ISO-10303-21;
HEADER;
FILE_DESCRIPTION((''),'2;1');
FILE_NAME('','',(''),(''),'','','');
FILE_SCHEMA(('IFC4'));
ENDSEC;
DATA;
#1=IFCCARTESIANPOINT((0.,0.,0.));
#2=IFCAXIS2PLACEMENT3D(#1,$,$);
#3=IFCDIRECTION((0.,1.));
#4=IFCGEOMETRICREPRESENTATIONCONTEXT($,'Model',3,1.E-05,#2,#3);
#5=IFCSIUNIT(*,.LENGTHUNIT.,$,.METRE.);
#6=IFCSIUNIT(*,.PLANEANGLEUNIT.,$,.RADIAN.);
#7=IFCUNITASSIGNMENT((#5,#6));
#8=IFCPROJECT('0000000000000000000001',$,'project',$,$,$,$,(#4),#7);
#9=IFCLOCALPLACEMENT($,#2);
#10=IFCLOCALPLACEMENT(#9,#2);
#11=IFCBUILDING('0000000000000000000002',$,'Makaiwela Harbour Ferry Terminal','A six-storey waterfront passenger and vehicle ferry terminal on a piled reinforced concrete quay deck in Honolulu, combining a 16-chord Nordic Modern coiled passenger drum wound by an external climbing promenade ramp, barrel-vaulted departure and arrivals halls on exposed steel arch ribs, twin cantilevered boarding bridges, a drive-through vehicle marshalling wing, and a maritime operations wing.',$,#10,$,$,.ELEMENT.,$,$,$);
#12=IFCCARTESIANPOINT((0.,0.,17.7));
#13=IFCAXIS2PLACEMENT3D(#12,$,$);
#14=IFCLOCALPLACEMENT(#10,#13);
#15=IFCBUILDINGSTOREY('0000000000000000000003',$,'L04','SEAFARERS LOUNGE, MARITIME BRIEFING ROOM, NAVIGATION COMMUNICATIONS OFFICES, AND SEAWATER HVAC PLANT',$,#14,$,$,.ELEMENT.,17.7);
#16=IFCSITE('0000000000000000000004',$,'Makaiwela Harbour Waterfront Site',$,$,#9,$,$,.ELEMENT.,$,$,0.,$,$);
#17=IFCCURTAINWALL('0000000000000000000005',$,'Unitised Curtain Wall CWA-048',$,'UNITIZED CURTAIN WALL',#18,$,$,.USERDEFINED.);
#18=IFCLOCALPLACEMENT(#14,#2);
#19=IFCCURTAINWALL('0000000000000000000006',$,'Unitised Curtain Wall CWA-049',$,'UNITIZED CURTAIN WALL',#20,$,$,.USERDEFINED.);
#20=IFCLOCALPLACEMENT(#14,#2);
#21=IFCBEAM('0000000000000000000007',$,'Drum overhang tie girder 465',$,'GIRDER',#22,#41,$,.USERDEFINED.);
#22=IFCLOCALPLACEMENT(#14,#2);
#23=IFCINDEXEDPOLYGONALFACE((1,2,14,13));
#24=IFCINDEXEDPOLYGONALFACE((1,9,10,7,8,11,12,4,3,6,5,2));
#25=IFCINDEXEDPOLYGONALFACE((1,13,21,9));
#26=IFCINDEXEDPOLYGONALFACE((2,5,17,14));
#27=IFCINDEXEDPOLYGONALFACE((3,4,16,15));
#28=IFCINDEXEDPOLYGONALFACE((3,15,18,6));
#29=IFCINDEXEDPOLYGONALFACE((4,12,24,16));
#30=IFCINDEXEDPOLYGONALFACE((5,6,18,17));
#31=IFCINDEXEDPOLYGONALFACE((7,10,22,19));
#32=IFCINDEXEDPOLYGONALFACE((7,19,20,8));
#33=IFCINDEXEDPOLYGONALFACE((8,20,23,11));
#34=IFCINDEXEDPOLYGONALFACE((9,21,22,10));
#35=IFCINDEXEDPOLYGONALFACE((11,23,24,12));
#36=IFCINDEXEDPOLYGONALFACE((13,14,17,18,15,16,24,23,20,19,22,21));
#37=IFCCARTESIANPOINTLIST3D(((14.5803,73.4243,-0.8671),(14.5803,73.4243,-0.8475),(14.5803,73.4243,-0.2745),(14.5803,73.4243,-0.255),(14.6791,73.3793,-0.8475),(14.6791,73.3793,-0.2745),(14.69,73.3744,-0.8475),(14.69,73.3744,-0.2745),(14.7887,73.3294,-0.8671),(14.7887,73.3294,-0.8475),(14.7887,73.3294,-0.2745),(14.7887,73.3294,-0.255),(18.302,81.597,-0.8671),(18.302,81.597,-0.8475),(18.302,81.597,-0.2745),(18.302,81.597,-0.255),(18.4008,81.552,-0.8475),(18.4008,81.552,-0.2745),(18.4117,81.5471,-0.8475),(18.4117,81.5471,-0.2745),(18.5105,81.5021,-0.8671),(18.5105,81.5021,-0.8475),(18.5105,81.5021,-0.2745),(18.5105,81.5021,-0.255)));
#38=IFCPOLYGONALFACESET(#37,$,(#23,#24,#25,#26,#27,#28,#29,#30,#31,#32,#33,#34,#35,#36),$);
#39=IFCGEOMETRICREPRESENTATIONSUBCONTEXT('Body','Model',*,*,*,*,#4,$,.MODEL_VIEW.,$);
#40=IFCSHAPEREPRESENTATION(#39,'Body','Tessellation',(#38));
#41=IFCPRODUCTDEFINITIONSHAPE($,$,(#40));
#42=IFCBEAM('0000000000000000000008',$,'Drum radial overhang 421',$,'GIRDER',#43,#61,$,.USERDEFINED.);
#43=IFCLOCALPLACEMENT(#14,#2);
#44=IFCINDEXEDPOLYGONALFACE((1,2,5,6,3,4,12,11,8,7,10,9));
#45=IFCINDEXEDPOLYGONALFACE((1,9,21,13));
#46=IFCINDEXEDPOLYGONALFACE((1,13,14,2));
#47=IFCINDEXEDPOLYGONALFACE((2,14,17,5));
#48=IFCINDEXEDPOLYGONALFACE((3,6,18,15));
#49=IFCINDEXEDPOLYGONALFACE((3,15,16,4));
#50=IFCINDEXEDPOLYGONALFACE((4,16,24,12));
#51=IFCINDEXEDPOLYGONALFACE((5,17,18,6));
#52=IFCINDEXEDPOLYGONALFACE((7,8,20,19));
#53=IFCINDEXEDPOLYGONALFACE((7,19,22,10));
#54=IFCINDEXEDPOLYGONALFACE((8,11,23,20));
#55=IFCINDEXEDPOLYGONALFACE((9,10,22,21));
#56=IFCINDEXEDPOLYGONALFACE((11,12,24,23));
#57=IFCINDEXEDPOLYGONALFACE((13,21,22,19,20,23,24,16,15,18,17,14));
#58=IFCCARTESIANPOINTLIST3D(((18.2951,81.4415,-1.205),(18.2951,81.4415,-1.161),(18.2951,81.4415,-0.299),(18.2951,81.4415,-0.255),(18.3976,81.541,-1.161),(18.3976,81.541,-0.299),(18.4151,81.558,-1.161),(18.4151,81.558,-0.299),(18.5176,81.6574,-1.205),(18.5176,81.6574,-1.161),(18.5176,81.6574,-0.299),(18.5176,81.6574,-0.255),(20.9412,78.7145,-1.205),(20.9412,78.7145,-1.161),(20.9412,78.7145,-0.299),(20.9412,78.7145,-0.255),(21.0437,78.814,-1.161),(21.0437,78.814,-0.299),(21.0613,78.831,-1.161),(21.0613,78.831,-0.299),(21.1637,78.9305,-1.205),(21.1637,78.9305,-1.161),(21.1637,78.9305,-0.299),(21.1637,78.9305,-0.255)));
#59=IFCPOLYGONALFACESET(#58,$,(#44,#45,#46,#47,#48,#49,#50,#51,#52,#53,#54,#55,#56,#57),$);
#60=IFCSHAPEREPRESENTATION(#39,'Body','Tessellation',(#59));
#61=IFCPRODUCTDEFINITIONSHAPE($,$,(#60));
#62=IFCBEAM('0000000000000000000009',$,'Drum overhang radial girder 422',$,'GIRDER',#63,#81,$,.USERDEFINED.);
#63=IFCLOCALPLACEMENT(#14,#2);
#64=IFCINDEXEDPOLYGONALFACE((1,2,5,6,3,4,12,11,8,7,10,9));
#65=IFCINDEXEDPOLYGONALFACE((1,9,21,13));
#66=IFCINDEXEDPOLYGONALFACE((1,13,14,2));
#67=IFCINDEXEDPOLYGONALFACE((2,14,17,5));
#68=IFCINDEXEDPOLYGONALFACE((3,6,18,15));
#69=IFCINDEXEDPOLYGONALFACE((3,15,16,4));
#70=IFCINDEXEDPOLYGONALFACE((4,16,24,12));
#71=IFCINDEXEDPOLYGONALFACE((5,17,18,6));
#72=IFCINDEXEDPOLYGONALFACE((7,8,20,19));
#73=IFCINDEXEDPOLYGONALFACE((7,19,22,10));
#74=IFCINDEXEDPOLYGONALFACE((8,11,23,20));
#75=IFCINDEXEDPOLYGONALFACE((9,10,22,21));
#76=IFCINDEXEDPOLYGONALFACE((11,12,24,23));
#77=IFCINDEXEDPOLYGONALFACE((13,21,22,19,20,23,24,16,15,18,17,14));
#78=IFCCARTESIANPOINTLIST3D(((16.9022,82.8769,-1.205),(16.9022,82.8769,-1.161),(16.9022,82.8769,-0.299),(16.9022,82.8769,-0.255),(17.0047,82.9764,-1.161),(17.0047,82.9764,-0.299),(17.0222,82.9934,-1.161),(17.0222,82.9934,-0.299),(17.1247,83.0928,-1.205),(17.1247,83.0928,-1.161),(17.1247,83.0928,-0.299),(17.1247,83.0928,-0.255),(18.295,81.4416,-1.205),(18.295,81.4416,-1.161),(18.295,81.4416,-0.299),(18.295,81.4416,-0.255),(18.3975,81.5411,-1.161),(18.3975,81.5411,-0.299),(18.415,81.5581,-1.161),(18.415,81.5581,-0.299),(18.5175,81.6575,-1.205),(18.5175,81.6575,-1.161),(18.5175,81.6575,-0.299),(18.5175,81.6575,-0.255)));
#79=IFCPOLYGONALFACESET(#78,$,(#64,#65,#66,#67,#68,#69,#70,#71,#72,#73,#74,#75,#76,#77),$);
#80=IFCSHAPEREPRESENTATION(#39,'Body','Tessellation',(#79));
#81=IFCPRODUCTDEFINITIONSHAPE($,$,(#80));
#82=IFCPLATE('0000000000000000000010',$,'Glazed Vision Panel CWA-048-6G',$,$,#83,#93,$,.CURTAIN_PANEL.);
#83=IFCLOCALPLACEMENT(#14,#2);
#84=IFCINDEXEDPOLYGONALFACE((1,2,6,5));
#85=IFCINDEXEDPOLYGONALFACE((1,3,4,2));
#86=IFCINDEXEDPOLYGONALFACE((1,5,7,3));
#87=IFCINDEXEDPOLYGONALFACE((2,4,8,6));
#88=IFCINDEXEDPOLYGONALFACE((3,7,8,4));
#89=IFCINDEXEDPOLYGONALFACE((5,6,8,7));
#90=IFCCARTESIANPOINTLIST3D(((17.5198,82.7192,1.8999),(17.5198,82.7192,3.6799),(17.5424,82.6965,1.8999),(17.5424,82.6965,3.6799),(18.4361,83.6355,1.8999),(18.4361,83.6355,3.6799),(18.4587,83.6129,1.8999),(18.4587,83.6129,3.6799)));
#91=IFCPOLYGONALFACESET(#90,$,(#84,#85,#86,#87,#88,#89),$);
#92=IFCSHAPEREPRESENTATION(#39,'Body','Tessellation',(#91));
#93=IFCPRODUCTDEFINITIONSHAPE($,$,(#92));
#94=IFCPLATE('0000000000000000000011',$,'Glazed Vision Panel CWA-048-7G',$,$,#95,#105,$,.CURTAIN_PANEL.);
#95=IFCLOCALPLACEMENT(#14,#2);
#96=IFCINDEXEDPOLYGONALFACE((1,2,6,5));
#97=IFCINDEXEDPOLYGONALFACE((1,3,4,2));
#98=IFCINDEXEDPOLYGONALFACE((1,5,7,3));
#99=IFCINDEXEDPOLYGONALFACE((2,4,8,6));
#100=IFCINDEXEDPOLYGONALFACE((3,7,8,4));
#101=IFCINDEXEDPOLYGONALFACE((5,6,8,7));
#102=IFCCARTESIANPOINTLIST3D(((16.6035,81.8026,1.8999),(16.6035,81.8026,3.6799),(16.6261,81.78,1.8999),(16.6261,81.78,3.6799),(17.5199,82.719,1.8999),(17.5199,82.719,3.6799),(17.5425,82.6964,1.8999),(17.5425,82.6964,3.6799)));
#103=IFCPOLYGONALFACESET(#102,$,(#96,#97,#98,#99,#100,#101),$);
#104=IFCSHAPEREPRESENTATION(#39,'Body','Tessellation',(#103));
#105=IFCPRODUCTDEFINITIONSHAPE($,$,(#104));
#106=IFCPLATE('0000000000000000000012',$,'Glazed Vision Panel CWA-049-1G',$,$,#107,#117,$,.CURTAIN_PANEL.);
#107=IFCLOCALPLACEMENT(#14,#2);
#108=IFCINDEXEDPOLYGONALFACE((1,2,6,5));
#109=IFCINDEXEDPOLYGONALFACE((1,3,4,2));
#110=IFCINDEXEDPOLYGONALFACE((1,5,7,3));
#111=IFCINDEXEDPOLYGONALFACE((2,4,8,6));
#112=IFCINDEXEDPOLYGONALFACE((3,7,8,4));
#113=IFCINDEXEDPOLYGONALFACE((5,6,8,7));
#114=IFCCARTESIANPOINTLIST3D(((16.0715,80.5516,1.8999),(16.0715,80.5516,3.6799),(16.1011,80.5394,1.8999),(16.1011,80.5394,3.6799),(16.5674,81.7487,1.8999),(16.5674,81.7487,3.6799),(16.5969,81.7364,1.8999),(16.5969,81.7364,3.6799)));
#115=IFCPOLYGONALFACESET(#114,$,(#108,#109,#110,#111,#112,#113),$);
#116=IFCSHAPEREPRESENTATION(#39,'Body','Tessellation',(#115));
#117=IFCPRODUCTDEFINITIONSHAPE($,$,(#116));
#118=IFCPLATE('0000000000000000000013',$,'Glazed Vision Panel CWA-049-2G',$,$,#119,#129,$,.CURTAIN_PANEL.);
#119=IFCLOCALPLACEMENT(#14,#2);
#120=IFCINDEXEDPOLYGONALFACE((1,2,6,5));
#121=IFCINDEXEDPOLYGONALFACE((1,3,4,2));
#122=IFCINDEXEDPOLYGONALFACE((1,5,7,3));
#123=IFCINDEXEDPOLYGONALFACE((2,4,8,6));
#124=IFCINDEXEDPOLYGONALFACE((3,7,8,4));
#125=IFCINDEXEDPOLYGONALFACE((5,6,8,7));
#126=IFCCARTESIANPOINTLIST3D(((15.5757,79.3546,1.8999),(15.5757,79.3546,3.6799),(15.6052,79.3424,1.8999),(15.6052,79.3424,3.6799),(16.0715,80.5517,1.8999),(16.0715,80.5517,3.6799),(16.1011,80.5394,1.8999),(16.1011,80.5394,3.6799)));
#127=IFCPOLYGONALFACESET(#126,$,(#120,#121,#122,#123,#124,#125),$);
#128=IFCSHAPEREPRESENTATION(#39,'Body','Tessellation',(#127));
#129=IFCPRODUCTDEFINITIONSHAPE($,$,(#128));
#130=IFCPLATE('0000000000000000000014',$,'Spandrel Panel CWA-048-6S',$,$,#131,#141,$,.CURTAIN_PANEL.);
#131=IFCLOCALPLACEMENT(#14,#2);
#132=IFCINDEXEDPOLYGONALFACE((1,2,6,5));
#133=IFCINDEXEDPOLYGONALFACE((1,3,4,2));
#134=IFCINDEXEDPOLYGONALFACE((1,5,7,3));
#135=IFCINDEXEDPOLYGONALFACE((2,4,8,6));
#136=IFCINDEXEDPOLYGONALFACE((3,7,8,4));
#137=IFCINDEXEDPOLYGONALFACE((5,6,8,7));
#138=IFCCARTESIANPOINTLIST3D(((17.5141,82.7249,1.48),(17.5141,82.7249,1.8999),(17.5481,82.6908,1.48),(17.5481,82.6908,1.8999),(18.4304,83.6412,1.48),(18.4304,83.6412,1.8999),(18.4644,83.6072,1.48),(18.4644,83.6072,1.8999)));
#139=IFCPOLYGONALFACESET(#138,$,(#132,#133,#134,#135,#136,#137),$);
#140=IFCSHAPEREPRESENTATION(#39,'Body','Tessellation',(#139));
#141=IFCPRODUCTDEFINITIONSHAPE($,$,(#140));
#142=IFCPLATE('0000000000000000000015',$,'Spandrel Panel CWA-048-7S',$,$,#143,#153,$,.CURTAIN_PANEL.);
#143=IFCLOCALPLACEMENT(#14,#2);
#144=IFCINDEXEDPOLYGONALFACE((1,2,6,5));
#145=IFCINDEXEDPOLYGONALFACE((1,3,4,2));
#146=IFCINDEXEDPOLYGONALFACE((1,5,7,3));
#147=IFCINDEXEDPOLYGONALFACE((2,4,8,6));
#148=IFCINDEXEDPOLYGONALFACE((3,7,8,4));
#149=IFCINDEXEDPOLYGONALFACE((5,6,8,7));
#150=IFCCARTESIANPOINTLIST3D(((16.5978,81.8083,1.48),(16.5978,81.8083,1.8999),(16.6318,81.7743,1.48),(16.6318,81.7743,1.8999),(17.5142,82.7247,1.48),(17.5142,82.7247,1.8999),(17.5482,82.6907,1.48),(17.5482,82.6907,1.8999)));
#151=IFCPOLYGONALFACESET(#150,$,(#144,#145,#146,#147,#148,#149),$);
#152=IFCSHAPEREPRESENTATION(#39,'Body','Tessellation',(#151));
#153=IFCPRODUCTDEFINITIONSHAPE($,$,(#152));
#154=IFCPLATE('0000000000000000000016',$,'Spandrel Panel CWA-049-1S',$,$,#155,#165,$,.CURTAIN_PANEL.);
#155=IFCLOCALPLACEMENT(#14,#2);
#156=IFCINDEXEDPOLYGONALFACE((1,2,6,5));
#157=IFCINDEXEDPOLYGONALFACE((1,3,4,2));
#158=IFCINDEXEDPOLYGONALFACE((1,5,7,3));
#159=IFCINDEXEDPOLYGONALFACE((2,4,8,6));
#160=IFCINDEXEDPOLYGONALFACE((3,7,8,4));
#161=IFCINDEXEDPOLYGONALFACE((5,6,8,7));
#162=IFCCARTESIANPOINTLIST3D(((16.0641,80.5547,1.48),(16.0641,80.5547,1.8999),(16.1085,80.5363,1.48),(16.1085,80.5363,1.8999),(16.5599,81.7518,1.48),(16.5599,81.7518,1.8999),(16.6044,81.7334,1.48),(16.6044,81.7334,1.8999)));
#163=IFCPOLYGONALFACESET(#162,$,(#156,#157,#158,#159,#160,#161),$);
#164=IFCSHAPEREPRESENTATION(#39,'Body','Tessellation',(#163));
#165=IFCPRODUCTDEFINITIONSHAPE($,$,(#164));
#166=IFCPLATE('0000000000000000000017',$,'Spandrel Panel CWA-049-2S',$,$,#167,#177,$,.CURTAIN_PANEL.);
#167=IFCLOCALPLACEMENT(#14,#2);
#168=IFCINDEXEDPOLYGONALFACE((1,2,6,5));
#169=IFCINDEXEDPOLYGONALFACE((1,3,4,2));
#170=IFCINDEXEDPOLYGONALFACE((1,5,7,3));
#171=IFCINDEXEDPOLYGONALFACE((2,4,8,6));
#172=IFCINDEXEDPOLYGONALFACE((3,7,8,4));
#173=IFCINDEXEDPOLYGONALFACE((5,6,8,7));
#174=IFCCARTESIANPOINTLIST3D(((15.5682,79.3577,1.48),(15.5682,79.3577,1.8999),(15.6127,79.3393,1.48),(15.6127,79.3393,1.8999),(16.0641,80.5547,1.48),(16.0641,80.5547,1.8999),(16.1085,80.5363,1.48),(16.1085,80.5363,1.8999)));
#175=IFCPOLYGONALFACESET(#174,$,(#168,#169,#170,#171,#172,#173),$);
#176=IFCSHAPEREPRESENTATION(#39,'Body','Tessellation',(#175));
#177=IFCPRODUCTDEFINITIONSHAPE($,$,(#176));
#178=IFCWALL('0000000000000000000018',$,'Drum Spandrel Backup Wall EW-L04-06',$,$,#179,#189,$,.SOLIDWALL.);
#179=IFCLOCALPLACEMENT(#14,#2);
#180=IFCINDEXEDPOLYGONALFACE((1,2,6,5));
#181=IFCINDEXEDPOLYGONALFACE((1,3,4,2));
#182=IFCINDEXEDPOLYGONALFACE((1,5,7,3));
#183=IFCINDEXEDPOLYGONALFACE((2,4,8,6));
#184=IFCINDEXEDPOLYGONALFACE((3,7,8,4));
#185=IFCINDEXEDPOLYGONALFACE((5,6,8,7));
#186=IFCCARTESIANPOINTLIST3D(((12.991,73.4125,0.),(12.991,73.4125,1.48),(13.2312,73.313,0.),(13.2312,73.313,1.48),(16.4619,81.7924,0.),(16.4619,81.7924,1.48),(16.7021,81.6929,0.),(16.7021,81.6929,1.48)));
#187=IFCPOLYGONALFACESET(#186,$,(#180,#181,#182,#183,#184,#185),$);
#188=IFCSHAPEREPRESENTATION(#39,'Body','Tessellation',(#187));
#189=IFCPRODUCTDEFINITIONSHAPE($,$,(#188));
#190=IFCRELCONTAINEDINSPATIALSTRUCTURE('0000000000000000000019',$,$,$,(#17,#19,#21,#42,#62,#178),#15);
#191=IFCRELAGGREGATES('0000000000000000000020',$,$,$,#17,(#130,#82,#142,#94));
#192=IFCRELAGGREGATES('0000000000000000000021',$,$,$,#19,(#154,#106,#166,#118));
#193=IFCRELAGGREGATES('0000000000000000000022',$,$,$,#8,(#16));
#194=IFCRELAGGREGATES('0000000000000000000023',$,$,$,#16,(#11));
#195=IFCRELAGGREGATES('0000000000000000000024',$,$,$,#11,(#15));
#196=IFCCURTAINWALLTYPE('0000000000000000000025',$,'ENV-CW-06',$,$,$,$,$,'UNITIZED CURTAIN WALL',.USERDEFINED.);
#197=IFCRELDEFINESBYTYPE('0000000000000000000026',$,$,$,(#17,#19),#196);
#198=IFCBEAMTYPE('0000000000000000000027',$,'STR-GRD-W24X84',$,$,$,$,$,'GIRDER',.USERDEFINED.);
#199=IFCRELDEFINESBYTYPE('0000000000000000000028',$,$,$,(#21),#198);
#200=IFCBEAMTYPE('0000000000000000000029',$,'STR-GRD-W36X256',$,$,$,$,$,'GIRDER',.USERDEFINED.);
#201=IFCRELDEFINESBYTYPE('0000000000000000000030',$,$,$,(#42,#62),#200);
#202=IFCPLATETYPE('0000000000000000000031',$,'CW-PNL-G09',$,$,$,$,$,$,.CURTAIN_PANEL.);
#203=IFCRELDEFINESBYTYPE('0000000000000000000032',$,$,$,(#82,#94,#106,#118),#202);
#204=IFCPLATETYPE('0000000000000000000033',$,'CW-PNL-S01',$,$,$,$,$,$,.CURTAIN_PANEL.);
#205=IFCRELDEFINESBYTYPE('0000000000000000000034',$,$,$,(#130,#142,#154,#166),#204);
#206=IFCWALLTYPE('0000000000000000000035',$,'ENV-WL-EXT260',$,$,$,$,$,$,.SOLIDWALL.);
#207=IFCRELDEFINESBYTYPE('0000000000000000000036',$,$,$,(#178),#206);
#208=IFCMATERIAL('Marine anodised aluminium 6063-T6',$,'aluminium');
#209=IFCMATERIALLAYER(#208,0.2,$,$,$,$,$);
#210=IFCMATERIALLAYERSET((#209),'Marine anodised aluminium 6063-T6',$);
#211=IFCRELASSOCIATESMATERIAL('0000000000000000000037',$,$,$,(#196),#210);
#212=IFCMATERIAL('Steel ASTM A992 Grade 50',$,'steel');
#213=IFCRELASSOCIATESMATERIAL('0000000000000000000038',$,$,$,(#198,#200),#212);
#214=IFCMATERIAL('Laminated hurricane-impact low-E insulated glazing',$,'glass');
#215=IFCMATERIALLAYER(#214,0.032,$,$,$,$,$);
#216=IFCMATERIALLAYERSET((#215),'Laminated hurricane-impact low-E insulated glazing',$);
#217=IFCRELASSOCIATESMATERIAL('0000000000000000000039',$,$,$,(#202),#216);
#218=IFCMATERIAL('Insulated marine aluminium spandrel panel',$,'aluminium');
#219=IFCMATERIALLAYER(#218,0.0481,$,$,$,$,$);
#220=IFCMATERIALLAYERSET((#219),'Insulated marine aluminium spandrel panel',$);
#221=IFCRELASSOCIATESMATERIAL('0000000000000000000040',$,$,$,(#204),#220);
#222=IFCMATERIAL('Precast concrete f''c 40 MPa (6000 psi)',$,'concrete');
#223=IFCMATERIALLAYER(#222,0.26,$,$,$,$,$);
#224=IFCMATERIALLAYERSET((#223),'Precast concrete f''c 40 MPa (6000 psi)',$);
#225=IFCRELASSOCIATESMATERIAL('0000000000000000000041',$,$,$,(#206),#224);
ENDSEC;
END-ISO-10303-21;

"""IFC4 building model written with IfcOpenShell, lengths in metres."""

from ifc_helpers import new_model, si_unit, direction, frame, frame_2d, origin, origin_2d, place, context, subcontext, project, spatial, rectangle, i_section, extrude, material, layer, layer_set, material_profile, profile_set, type_object, element, aggregate, save


model = new_model("IFC4")

# Units and contexts
model_context = context("Model", 3, precision=1e-05, world=origin(), true_north=direction((0.0, 1.0)))
body_context = subcontext(model_context, "Body", "Model", "MODEL_VIEW")
ifc_project = project(units=[si_unit("LENGTHUNIT", "METRE"), si_unit("PLANEANGLEUNIT", "RADIAN")], contexts=[model_context])

# Site, building, storey
site_placement = place(None, origin())
site = spatial("IfcSite", under=ifc_project, at=site_placement, Name="Makaiwela Harbour Waterfront Site", CompositionType="ELEMENT", RefElevation=0.0)
building_placement = place(site_placement, origin())
building = spatial("IfcBuilding", under=site, at=building_placement, Name="Makaiwela Harbour Ferry Terminal", Description="A six-storey waterfront passenger and vehicle ferry terminal on a piled reinforced concrete quay deck in Honolulu, combining a 16-chord Nordic Modern coiled passenger drum wound by an external climbing promenade ramp, barrel-vaulted departure and arrivals halls on exposed steel arch ribs, twin cantilevered boarding bridges, a drive-through vehicle marshalling wing, and a maritime operations wing.", CompositionType="ELEMENT")
storey_placement = place(building_placement, frame((0.0, 0.0, 17.7)))
storey = spatial("IfcBuildingStorey", under=building, at=storey_placement, Name="L04", Description="SEAFARERS LOUNGE, MARITIME BRIEFING ROOM, NAVIGATION COMMUNICATIONS OFFICES, AND SEAWATER HVAC PLANT", CompositionType="ELEMENT", Elevation=17.7)

# Curtain walls
ifc_material_1 = material(Name="Marine anodised aluminium 6063-T6", Category="aluminium")
ifc_layer_1 = layer(ifc_material_1, 0.2)
ifc_layer_set_1 = layer_set([ifc_layer_1], Name="Marine anodised aluminium 6063-T6")
curtain_wall_type = type_object("IfcCurtainWallType", Name="ENV-CW-06", ElementType="UNITIZED CURTAIN WALL", PredefinedType="USERDEFINED", material=ifc_layer_set_1)
curtain_wall_1_placement = place(storey_placement, origin())
curtain_wall_1 = element("IfcCurtainWall", 1, at=curtain_wall_1_placement, inside=storey, type_object=curtain_wall_type, Name="Unitised Curtain Wall CWA-048", ObjectType="UNITIZED CURTAIN WALL", PredefinedType="USERDEFINED")
curtain_wall_2_placement = place(storey_placement, origin())
curtain_wall_2 = element("IfcCurtainWall", 2, at=curtain_wall_2_placement, inside=storey, type_object=curtain_wall_type, Name="Unitised Curtain Wall CWA-049", ObjectType="UNITIZED CURTAIN WALL", PredefinedType="USERDEFINED")

# Beams
ifc_material_2 = material(Name="Steel ASTM A992 Grade 50", Category="steel")
ifc_material_profile_1 = material_profile(ifc_material_2, i_section(OverallWidth=0.229, OverallDepth=0.6121, WebThickness=0.012, FlangeThickness=0.0195, at=origin_2d()), Name="W24X84")
ifc_profile_set_1 = profile_set([ifc_material_profile_1], Name="Steel ASTM A992 Grade 50")
beam_type_1 = type_object("IfcBeamType", Name="STR-GRD-W24X84", ElementType="GIRDER", PredefinedType="USERDEFINED", material=ifc_profile_set_1)
beam_1_placement = place(storey_placement, frame((18.4062, 81.5496, -0.561), z_axis=(-0.414436, -0.910079, 0.0), x_axis=(0.910079, -0.414436, 0.0)))
element("IfcBeam", 3, at=beam_1_placement, inside=storey, type_object=beam_type_1, Name="Drum overhang tie girder 465", ObjectType="GIRDER", PredefinedType="USERDEFINED", context=body_context, shape_type="SweptSolid", body=[
    extrude(i_section(OverallWidth=0.229, OverallDepth=0.6121, WebThickness=0.012, FlangeThickness=0.0195, at=origin_2d()), origin(), (0.0, 0.0, 1.0), 8.9802),
])
ifc_material_profile_2 = material_profile(ifc_material_2, i_section(OverallWidth=0.3101, OverallDepth=0.95, WebThickness=0.0244, FlangeThickness=0.0439, at=origin_2d()), Name="W36X256")
ifc_profile_set_2 = profile_set([ifc_material_profile_2], Name="Steel ASTM A992 Grade 50")
beam_type_2 = type_object("IfcBeamType", Name="STR-GRD-W36X256", ElementType="GIRDER", PredefinedType="USERDEFINED", material=ifc_profile_set_2)
beam_2_placement = place(storey_placement, frame((21.0525, 78.8225, -0.73), z_axis=(-0.696394, 0.71766, 0.0), x_axis=(-0.71766, -0.696394, 0.0)))
element("IfcBeam", 4, at=beam_2_placement, inside=storey, type_object=beam_type_2, Name="Drum radial overhang 421", ObjectType="GIRDER", PredefinedType="USERDEFINED", context=body_context, shape_type="SweptSolid", body=[
    extrude(i_section(OverallWidth=0.3101, OverallDepth=0.95, WebThickness=0.0244, FlangeThickness=0.0439, at=origin_2d()), origin(), (0.0, 0.0, 1.0), 3.7998),
])
beam_3_placement = place(storey_placement, frame((18.4062, 81.5496, -0.73), z_axis=(-0.696407, 0.717647, 0.0), x_axis=(-0.717647, -0.696407, 0.0)))
element("IfcBeam", 5, at=beam_3_placement, inside=storey, type_object=beam_type_2, Name="Drum overhang radial girder 422", ObjectType="GIRDER", PredefinedType="USERDEFINED", context=body_context, shape_type="SweptSolid", body=[
    extrude(i_section(OverallWidth=0.3101, OverallDepth=0.95, WebThickness=0.0244, FlangeThickness=0.0439, at=origin_2d()), origin(), (0.0, 0.0, 1.0), 2.0),
])

# Plates
ifc_material_3 = material(Name="Laminated hurricane-impact low-E insulated glazing", Category="glass")
ifc_layer_2 = layer(ifc_material_3, 0.032)
ifc_layer_set_2 = layer_set([ifc_layer_2], Name="Laminated hurricane-impact low-E insulated glazing")
plate_type_1 = type_object("IfcPlateType", Name="CW-PNL-G09", PredefinedType="CURTAIN_PANEL", material=ifc_layer_set_2)
plate_1_placement = place(storey_placement, frame((17.9893, 83.166, 1.8999), z_axis=(0.0, 0.0, 1.0), x_axis=(-0.707107, -0.707107, 0.0)))
plate_1 = element("IfcPlate", 6, at=plate_1_placement, type_object=plate_type_1, Name="Glazed Vision Panel CWA-048-6G", PredefinedType="CURTAIN_PANEL", context=body_context, shape_type="SweptSolid", body=[
    extrude(rectangle(XDim=1.2959, YDim=0.032, at=origin_2d()), origin(), (0.0, 0.0, 1.0), 1.78),
])
plate_2_placement = place(storey_placement, frame((17.073, 82.2495, 1.8999), z_axis=(0.0, 0.0, 1.0), x_axis=(-0.707107, -0.707107, 0.0)))
plate_2 = element("IfcPlate", 7, at=plate_2_placement, type_object=plate_type_1, Name="Glazed Vision Panel CWA-048-7G", PredefinedType="CURTAIN_PANEL", context=body_context, shape_type="SweptSolid", body=[
    extrude(rectangle(XDim=1.2959, YDim=0.032, at=origin_2d()), origin(), (0.0, 0.0, 1.0), 1.78),
])
plate_3_placement = place(storey_placement, frame((16.3342, 81.144, 1.8999), z_axis=(0.0, 0.0, 1.0), x_axis=(-0.382683, -0.92388, 0.0)))
plate_3 = element("IfcPlate", 8, at=plate_3_placement, type_object=plate_type_1, Name="Glazed Vision Panel CWA-049-1G", PredefinedType="CURTAIN_PANEL", context=body_context, shape_type="SweptSolid", body=[
    extrude(rectangle(XDim=1.2957, YDim=0.032, at=origin_2d()), origin(), (0.0, 0.0, 1.0), 1.78),
])
plate_4_placement = place(storey_placement, frame((15.8384, 79.947, 1.8999), z_axis=(0.0, 0.0, 1.0), x_axis=(-0.382683, -0.92388, 0.0)))
plate_4 = element("IfcPlate", 9, at=plate_4_placement, type_object=plate_type_1, Name="Glazed Vision Panel CWA-049-2G", PredefinedType="CURTAIN_PANEL", context=body_context, shape_type="SweptSolid", body=[
    extrude(rectangle(XDim=1.2957, YDim=0.032, at=origin_2d()), origin(), (0.0, 0.0, 1.0), 1.78),
])
ifc_material_4 = material(Name="Insulated marine aluminium spandrel panel", Category="aluminium")
ifc_layer_3 = layer(ifc_material_4, 0.0481)
ifc_layer_set_3 = layer_set([ifc_layer_3], Name="Insulated marine aluminium spandrel panel")
plate_type_2 = type_object("IfcPlateType", Name="CW-PNL-S01", PredefinedType="CURTAIN_PANEL", material=ifc_layer_set_3)
plate_5_placement = place(storey_placement, frame((17.9893, 83.166, 1.48), z_axis=(0.0, 0.0, 1.0), x_axis=(-0.707107, -0.707107, 0.0)))
plate_5 = element("IfcPlate", 10, at=plate_5_placement, type_object=plate_type_2, Name="Spandrel Panel CWA-048-6S", PredefinedType="CURTAIN_PANEL", context=body_context, shape_type="SweptSolid", body=[
    extrude(rectangle(XDim=1.2959, YDim=0.0481, at=origin_2d()), origin(), (0.0, 0.0, 1.0), 0.4199),
])
plate_6_placement = place(storey_placement, frame((17.073, 82.2495, 1.48), z_axis=(0.0, 0.0, 1.0), x_axis=(-0.707107, -0.707107, 0.0)))
plate_6 = element("IfcPlate", 11, at=plate_6_placement, type_object=plate_type_2, Name="Spandrel Panel CWA-048-7S", PredefinedType="CURTAIN_PANEL", context=body_context, shape_type="SweptSolid", body=[
    extrude(rectangle(XDim=1.2959, YDim=0.0481, at=origin_2d()), origin(), (0.0, 0.0, 1.0), 0.4199),
])
aggregate(curtain_wall_1, [plate_5, plate_1, plate_6, plate_2])
plate_7_placement = place(storey_placement, frame((16.3342, 81.144, 1.48), z_axis=(0.0, 0.0, 1.0), x_axis=(-0.382683, -0.92388, 0.0)))
plate_7 = element("IfcPlate", 12, at=plate_7_placement, type_object=plate_type_2, Name="Spandrel Panel CWA-049-1S", PredefinedType="CURTAIN_PANEL", context=body_context, shape_type="SweptSolid", body=[
    extrude(rectangle(XDim=1.2957, YDim=0.0481, at=origin_2d()), origin(), (0.0, 0.0, 1.0), 0.4199),
])
plate_8_placement = place(storey_placement, frame((15.8384, 79.947, 1.48), z_axis=(0.0, 0.0, 1.0), x_axis=(-0.382683, -0.92388, 0.0)))
plate_8 = element("IfcPlate", 13, at=plate_8_placement, type_object=plate_type_2, Name="Spandrel Panel CWA-049-2S", PredefinedType="CURTAIN_PANEL", context=body_context, shape_type="SweptSolid", body=[
    extrude(rectangle(XDim=1.2957, YDim=0.0481, at=origin_2d()), origin(), (0.0, 0.0, 1.0), 0.4199),
])
aggregate(curtain_wall_2, [plate_7, plate_3, plate_8, plate_4])

# Wall
ifc_material_5 = material(Name="Precast concrete f'c 40 MPa (6000 psi)", Category="concrete")
ifc_layer_4 = layer(ifc_material_5, 0.26)
ifc_layer_set_4 = layer_set([ifc_layer_4], Name="Precast concrete f'c 40 MPa (6000 psi)")
wall_type_1 = type_object("IfcWallType", Name="ENV-WL-EXT260", PredefinedType="SOLIDWALL", material=ifc_layer_set_4)
wall_1_placement = place(storey_placement, frame((16.582, 81.7427, 0.0), z_axis=(0.0, 0.0, 1.0), x_axis=(-0.382673, -0.923884, 0.0)))
element("IfcWall", 14, at=wall_1_placement, inside=storey, type_object=wall_type_1, Name="Drum Spandrel Backup Wall EW-L04-06", PredefinedType="SOLIDWALL", context=body_context, shape_type="SweptSolid", body=[
    extrude(rectangle(XDim=9.0703, YDim=0.26, at=frame_2d((4.5352, 0.0))), origin(), (0.0, 0.0, 1.0), 1.48),
])

save(model, "model.ifc")
